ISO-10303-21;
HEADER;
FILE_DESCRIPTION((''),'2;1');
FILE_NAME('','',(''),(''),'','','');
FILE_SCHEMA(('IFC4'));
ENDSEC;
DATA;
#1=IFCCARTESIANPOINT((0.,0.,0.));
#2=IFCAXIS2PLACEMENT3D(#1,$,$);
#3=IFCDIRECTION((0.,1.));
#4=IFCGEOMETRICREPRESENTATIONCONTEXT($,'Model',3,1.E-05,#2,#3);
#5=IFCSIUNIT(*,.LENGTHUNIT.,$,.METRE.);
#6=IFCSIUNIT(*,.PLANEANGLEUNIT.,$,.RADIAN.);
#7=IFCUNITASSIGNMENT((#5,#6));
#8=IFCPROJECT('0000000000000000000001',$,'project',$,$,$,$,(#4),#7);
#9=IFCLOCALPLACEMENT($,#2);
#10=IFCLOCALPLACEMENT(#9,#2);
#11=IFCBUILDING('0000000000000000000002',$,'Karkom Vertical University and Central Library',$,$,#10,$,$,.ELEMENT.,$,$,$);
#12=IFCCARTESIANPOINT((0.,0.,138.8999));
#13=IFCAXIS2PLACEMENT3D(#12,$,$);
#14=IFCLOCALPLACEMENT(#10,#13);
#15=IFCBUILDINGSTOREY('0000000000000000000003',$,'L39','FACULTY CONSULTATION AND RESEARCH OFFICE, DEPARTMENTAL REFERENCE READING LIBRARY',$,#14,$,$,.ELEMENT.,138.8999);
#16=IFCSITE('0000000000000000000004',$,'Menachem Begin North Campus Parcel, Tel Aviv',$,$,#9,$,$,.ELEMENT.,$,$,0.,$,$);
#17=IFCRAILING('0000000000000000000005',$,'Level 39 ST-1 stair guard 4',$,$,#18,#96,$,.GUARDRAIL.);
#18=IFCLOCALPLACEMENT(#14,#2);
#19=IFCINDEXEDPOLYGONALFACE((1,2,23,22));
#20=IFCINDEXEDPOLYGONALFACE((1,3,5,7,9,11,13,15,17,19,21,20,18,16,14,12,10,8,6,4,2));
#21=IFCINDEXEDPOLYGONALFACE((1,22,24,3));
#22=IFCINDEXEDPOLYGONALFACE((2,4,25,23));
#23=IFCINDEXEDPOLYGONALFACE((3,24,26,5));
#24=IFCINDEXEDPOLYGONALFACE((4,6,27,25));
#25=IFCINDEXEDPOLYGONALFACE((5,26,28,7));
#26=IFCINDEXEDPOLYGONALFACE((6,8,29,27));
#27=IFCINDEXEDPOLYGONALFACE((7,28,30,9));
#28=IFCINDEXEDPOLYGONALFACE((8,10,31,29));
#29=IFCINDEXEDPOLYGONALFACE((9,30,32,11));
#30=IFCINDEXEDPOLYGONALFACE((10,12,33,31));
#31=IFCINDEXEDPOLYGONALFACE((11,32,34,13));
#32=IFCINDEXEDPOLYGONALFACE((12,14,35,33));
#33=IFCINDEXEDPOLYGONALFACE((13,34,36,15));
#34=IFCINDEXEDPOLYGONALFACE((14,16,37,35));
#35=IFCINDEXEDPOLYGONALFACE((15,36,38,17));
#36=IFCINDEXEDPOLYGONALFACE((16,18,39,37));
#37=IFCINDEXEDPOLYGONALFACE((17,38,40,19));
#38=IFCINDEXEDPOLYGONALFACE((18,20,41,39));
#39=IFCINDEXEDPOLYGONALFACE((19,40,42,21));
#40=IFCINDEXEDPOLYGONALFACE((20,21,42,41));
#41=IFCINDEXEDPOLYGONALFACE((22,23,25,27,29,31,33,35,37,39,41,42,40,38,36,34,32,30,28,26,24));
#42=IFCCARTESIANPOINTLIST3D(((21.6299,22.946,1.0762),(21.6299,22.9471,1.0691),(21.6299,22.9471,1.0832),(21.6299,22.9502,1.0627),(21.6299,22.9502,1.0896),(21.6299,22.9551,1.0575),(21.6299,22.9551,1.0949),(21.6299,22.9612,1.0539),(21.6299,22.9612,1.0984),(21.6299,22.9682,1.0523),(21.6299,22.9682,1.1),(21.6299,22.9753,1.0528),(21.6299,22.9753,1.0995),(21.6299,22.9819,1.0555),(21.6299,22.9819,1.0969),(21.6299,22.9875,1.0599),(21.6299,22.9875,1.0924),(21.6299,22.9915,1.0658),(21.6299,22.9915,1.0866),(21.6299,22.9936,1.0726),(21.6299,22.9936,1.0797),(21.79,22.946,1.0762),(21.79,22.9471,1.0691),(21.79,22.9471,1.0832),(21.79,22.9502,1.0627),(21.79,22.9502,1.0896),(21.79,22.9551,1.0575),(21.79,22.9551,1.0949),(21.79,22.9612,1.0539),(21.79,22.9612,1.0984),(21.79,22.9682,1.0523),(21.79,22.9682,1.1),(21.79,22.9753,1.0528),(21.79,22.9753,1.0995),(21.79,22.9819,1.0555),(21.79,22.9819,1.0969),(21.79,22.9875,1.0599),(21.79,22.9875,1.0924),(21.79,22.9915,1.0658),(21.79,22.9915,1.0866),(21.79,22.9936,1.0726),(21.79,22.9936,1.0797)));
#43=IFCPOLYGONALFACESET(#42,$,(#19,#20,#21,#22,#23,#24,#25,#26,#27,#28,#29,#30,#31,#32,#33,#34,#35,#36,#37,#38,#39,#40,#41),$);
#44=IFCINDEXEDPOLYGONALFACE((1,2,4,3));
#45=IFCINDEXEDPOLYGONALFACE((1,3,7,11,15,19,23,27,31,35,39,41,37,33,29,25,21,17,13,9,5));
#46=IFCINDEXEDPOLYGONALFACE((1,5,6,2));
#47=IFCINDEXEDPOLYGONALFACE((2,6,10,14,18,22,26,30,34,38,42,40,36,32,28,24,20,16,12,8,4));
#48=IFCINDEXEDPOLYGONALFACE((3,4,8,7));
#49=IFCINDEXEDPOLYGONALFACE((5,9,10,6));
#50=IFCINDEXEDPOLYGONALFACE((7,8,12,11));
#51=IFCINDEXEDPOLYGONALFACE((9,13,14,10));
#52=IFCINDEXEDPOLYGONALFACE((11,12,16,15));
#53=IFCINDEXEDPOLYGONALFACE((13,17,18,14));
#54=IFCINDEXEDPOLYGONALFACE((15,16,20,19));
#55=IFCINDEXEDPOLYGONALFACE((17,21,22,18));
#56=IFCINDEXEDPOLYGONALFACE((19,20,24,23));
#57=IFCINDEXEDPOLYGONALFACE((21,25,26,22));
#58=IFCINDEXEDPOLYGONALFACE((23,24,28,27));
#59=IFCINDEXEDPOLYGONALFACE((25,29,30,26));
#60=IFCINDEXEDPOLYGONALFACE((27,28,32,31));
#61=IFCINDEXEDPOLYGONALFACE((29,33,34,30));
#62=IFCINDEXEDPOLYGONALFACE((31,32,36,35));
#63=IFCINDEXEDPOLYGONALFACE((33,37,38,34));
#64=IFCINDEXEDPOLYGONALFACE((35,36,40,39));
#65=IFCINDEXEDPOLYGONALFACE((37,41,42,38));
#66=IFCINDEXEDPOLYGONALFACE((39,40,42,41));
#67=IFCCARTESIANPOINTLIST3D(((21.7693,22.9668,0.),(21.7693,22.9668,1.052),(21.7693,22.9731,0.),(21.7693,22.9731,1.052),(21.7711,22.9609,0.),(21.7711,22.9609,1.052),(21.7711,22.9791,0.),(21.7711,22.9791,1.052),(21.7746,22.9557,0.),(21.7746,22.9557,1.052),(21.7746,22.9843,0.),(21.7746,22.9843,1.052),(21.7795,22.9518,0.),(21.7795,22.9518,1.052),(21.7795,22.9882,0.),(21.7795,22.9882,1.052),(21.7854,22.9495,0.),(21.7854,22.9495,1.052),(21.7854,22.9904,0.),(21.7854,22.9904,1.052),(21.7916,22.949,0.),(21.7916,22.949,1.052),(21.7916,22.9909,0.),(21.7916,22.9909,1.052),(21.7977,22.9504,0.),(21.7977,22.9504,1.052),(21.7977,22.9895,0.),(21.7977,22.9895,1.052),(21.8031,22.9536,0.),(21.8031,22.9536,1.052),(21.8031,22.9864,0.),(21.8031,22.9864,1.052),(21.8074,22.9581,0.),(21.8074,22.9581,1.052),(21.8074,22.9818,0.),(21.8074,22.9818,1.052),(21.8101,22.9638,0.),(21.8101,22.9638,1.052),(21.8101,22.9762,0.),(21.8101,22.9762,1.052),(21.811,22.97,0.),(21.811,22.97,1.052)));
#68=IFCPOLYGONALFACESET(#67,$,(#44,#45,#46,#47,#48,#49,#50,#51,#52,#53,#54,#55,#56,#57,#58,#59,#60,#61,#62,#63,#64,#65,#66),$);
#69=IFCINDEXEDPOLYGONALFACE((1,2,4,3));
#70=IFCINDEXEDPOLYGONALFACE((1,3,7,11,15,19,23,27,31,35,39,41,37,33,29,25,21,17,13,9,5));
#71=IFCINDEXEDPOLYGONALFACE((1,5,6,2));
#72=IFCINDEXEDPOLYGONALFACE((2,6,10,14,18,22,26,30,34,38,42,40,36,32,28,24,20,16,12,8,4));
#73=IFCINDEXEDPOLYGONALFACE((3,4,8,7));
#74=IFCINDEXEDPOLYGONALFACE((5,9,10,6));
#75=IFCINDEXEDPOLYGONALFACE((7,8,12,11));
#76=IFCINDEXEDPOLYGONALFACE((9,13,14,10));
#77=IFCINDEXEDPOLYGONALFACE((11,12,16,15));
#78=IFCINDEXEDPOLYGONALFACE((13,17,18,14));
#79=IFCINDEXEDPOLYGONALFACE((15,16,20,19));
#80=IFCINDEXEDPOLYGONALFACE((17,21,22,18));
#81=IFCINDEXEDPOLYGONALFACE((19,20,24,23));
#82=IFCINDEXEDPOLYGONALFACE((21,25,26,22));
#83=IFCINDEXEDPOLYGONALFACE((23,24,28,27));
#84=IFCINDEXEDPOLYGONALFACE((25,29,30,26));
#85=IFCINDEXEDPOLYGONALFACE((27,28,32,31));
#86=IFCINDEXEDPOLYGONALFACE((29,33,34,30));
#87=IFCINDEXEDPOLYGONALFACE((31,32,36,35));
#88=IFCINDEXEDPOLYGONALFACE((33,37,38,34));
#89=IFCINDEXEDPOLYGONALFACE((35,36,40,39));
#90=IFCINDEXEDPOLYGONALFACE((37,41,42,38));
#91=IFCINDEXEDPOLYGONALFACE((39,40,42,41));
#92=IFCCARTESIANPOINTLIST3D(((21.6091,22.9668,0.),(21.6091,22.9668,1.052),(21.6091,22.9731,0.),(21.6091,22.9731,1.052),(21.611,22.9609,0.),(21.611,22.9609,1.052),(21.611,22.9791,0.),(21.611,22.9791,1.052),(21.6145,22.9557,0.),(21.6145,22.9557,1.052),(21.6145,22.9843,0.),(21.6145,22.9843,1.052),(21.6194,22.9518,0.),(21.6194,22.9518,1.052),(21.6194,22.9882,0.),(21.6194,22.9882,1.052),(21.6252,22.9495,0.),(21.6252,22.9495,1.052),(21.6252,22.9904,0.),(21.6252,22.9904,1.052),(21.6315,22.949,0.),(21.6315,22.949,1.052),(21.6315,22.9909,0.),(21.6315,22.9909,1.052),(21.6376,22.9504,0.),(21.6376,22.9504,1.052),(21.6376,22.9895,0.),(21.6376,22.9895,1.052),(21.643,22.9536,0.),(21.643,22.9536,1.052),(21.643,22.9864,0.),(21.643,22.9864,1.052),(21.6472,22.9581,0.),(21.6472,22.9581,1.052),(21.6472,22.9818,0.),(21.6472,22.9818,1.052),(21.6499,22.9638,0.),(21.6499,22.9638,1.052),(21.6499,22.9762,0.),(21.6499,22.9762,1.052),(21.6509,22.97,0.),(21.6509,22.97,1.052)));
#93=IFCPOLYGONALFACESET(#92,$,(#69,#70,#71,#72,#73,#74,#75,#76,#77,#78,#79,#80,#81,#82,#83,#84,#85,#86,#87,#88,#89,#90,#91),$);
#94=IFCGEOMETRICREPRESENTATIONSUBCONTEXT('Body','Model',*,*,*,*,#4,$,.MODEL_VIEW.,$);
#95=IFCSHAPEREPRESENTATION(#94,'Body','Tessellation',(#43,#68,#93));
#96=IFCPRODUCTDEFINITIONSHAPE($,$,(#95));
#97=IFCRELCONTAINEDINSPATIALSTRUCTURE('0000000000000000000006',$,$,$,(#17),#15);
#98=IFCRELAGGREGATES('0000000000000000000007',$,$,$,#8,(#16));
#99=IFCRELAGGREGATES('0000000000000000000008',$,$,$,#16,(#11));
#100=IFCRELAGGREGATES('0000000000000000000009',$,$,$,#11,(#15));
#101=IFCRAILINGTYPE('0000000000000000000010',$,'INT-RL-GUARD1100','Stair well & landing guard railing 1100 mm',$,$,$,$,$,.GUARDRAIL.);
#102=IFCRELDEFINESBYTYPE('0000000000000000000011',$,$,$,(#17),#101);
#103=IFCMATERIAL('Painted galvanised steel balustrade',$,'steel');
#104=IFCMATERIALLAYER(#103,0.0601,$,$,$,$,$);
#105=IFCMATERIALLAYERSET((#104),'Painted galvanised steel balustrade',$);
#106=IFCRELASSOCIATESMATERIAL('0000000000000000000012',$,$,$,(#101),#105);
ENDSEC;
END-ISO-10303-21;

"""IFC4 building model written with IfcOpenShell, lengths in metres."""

from ifc_helpers import new_model, si_unit, direction, frame, origin, origin_2d, place, context, subcontext, project, spatial, circle, extrude, material, layer, layer_set, type_object, element, save


model = new_model("IFC4")

# Units and contexts
model_context = context("Model", 3, precision=1e-05, world=origin(), true_north=direction((0.0, 1.0)))
body_context = subcontext(model_context, "Body", "Model", "MODEL_VIEW")
ifc_project = project(units=[si_unit("LENGTHUNIT", "METRE"), si_unit("PLANEANGLEUNIT", "RADIAN")], contexts=[model_context])

# Site, building, storey
site_placement = place(None, origin())
site = spatial("IfcSite", under=ifc_project, at=site_placement, Name="Menachem Begin North Campus Parcel, Tel Aviv", CompositionType="ELEMENT", RefElevation=0.0)
building_placement = place(site_placement, origin())
building = spatial("IfcBuilding", under=site, at=building_placement, Name="Karkom Vertical University and Central Library", CompositionType="ELEMENT")
storey_placement = place(building_placement, frame((0.0, 0.0, 138.8999)))
storey = spatial("IfcBuildingStorey", under=building, at=storey_placement, Name="L39", Description="FACULTY CONSULTATION AND RESEARCH OFFICE, DEPARTMENTAL REFERENCE READING LIBRARY", CompositionType="ELEMENT", Elevation=138.8999)

# Railing
ifc_material_1 = material(Name="Painted galvanised steel balustrade", Category="steel")
ifc_layer_1 = layer(ifc_material_1, 0.0601)
ifc_layer_set_1 = layer_set([ifc_layer_1], Name="Painted galvanised steel balustrade")
railing_type_1 = type_object("IfcRailingType", Name="INT-RL-GUARD1100", Description="Stair well & landing guard railing 1100 mm", PredefinedType="GUARDRAIL", material=ifc_layer_set_1)
railing_1_placement = place(storey_placement, frame((21.79, 22.97, 0.0)))
element("IfcRailing", 1, at=railing_1_placement, inside=storey, type_object=railing_type_1, Name="Level 39 ST-1 stair guard 4", PredefinedType="GUARDRAIL", context=body_context, shape_type="SweptSolid", body=[
    extrude(circle(Radius=0.0239, at=origin_2d()), frame((0.0, 0.0, 1.0762), z_axis=(-1.0, 0.0, 0.0), x_axis=(0.0, -1.0, 0.0)), (0.0, 0.0, 1.0), 0.1602),
    extrude(circle(Radius=0.021, at=origin_2d()), origin(), (0.0, 0.0, 1.0), 1.052),
    extrude(circle(Radius=0.021, at=origin_2d()), frame((-0.1602, 0.0, 0.0)), (0.0, 0.0, 1.0), 1.052),
])

save(model, "model.ifc")
